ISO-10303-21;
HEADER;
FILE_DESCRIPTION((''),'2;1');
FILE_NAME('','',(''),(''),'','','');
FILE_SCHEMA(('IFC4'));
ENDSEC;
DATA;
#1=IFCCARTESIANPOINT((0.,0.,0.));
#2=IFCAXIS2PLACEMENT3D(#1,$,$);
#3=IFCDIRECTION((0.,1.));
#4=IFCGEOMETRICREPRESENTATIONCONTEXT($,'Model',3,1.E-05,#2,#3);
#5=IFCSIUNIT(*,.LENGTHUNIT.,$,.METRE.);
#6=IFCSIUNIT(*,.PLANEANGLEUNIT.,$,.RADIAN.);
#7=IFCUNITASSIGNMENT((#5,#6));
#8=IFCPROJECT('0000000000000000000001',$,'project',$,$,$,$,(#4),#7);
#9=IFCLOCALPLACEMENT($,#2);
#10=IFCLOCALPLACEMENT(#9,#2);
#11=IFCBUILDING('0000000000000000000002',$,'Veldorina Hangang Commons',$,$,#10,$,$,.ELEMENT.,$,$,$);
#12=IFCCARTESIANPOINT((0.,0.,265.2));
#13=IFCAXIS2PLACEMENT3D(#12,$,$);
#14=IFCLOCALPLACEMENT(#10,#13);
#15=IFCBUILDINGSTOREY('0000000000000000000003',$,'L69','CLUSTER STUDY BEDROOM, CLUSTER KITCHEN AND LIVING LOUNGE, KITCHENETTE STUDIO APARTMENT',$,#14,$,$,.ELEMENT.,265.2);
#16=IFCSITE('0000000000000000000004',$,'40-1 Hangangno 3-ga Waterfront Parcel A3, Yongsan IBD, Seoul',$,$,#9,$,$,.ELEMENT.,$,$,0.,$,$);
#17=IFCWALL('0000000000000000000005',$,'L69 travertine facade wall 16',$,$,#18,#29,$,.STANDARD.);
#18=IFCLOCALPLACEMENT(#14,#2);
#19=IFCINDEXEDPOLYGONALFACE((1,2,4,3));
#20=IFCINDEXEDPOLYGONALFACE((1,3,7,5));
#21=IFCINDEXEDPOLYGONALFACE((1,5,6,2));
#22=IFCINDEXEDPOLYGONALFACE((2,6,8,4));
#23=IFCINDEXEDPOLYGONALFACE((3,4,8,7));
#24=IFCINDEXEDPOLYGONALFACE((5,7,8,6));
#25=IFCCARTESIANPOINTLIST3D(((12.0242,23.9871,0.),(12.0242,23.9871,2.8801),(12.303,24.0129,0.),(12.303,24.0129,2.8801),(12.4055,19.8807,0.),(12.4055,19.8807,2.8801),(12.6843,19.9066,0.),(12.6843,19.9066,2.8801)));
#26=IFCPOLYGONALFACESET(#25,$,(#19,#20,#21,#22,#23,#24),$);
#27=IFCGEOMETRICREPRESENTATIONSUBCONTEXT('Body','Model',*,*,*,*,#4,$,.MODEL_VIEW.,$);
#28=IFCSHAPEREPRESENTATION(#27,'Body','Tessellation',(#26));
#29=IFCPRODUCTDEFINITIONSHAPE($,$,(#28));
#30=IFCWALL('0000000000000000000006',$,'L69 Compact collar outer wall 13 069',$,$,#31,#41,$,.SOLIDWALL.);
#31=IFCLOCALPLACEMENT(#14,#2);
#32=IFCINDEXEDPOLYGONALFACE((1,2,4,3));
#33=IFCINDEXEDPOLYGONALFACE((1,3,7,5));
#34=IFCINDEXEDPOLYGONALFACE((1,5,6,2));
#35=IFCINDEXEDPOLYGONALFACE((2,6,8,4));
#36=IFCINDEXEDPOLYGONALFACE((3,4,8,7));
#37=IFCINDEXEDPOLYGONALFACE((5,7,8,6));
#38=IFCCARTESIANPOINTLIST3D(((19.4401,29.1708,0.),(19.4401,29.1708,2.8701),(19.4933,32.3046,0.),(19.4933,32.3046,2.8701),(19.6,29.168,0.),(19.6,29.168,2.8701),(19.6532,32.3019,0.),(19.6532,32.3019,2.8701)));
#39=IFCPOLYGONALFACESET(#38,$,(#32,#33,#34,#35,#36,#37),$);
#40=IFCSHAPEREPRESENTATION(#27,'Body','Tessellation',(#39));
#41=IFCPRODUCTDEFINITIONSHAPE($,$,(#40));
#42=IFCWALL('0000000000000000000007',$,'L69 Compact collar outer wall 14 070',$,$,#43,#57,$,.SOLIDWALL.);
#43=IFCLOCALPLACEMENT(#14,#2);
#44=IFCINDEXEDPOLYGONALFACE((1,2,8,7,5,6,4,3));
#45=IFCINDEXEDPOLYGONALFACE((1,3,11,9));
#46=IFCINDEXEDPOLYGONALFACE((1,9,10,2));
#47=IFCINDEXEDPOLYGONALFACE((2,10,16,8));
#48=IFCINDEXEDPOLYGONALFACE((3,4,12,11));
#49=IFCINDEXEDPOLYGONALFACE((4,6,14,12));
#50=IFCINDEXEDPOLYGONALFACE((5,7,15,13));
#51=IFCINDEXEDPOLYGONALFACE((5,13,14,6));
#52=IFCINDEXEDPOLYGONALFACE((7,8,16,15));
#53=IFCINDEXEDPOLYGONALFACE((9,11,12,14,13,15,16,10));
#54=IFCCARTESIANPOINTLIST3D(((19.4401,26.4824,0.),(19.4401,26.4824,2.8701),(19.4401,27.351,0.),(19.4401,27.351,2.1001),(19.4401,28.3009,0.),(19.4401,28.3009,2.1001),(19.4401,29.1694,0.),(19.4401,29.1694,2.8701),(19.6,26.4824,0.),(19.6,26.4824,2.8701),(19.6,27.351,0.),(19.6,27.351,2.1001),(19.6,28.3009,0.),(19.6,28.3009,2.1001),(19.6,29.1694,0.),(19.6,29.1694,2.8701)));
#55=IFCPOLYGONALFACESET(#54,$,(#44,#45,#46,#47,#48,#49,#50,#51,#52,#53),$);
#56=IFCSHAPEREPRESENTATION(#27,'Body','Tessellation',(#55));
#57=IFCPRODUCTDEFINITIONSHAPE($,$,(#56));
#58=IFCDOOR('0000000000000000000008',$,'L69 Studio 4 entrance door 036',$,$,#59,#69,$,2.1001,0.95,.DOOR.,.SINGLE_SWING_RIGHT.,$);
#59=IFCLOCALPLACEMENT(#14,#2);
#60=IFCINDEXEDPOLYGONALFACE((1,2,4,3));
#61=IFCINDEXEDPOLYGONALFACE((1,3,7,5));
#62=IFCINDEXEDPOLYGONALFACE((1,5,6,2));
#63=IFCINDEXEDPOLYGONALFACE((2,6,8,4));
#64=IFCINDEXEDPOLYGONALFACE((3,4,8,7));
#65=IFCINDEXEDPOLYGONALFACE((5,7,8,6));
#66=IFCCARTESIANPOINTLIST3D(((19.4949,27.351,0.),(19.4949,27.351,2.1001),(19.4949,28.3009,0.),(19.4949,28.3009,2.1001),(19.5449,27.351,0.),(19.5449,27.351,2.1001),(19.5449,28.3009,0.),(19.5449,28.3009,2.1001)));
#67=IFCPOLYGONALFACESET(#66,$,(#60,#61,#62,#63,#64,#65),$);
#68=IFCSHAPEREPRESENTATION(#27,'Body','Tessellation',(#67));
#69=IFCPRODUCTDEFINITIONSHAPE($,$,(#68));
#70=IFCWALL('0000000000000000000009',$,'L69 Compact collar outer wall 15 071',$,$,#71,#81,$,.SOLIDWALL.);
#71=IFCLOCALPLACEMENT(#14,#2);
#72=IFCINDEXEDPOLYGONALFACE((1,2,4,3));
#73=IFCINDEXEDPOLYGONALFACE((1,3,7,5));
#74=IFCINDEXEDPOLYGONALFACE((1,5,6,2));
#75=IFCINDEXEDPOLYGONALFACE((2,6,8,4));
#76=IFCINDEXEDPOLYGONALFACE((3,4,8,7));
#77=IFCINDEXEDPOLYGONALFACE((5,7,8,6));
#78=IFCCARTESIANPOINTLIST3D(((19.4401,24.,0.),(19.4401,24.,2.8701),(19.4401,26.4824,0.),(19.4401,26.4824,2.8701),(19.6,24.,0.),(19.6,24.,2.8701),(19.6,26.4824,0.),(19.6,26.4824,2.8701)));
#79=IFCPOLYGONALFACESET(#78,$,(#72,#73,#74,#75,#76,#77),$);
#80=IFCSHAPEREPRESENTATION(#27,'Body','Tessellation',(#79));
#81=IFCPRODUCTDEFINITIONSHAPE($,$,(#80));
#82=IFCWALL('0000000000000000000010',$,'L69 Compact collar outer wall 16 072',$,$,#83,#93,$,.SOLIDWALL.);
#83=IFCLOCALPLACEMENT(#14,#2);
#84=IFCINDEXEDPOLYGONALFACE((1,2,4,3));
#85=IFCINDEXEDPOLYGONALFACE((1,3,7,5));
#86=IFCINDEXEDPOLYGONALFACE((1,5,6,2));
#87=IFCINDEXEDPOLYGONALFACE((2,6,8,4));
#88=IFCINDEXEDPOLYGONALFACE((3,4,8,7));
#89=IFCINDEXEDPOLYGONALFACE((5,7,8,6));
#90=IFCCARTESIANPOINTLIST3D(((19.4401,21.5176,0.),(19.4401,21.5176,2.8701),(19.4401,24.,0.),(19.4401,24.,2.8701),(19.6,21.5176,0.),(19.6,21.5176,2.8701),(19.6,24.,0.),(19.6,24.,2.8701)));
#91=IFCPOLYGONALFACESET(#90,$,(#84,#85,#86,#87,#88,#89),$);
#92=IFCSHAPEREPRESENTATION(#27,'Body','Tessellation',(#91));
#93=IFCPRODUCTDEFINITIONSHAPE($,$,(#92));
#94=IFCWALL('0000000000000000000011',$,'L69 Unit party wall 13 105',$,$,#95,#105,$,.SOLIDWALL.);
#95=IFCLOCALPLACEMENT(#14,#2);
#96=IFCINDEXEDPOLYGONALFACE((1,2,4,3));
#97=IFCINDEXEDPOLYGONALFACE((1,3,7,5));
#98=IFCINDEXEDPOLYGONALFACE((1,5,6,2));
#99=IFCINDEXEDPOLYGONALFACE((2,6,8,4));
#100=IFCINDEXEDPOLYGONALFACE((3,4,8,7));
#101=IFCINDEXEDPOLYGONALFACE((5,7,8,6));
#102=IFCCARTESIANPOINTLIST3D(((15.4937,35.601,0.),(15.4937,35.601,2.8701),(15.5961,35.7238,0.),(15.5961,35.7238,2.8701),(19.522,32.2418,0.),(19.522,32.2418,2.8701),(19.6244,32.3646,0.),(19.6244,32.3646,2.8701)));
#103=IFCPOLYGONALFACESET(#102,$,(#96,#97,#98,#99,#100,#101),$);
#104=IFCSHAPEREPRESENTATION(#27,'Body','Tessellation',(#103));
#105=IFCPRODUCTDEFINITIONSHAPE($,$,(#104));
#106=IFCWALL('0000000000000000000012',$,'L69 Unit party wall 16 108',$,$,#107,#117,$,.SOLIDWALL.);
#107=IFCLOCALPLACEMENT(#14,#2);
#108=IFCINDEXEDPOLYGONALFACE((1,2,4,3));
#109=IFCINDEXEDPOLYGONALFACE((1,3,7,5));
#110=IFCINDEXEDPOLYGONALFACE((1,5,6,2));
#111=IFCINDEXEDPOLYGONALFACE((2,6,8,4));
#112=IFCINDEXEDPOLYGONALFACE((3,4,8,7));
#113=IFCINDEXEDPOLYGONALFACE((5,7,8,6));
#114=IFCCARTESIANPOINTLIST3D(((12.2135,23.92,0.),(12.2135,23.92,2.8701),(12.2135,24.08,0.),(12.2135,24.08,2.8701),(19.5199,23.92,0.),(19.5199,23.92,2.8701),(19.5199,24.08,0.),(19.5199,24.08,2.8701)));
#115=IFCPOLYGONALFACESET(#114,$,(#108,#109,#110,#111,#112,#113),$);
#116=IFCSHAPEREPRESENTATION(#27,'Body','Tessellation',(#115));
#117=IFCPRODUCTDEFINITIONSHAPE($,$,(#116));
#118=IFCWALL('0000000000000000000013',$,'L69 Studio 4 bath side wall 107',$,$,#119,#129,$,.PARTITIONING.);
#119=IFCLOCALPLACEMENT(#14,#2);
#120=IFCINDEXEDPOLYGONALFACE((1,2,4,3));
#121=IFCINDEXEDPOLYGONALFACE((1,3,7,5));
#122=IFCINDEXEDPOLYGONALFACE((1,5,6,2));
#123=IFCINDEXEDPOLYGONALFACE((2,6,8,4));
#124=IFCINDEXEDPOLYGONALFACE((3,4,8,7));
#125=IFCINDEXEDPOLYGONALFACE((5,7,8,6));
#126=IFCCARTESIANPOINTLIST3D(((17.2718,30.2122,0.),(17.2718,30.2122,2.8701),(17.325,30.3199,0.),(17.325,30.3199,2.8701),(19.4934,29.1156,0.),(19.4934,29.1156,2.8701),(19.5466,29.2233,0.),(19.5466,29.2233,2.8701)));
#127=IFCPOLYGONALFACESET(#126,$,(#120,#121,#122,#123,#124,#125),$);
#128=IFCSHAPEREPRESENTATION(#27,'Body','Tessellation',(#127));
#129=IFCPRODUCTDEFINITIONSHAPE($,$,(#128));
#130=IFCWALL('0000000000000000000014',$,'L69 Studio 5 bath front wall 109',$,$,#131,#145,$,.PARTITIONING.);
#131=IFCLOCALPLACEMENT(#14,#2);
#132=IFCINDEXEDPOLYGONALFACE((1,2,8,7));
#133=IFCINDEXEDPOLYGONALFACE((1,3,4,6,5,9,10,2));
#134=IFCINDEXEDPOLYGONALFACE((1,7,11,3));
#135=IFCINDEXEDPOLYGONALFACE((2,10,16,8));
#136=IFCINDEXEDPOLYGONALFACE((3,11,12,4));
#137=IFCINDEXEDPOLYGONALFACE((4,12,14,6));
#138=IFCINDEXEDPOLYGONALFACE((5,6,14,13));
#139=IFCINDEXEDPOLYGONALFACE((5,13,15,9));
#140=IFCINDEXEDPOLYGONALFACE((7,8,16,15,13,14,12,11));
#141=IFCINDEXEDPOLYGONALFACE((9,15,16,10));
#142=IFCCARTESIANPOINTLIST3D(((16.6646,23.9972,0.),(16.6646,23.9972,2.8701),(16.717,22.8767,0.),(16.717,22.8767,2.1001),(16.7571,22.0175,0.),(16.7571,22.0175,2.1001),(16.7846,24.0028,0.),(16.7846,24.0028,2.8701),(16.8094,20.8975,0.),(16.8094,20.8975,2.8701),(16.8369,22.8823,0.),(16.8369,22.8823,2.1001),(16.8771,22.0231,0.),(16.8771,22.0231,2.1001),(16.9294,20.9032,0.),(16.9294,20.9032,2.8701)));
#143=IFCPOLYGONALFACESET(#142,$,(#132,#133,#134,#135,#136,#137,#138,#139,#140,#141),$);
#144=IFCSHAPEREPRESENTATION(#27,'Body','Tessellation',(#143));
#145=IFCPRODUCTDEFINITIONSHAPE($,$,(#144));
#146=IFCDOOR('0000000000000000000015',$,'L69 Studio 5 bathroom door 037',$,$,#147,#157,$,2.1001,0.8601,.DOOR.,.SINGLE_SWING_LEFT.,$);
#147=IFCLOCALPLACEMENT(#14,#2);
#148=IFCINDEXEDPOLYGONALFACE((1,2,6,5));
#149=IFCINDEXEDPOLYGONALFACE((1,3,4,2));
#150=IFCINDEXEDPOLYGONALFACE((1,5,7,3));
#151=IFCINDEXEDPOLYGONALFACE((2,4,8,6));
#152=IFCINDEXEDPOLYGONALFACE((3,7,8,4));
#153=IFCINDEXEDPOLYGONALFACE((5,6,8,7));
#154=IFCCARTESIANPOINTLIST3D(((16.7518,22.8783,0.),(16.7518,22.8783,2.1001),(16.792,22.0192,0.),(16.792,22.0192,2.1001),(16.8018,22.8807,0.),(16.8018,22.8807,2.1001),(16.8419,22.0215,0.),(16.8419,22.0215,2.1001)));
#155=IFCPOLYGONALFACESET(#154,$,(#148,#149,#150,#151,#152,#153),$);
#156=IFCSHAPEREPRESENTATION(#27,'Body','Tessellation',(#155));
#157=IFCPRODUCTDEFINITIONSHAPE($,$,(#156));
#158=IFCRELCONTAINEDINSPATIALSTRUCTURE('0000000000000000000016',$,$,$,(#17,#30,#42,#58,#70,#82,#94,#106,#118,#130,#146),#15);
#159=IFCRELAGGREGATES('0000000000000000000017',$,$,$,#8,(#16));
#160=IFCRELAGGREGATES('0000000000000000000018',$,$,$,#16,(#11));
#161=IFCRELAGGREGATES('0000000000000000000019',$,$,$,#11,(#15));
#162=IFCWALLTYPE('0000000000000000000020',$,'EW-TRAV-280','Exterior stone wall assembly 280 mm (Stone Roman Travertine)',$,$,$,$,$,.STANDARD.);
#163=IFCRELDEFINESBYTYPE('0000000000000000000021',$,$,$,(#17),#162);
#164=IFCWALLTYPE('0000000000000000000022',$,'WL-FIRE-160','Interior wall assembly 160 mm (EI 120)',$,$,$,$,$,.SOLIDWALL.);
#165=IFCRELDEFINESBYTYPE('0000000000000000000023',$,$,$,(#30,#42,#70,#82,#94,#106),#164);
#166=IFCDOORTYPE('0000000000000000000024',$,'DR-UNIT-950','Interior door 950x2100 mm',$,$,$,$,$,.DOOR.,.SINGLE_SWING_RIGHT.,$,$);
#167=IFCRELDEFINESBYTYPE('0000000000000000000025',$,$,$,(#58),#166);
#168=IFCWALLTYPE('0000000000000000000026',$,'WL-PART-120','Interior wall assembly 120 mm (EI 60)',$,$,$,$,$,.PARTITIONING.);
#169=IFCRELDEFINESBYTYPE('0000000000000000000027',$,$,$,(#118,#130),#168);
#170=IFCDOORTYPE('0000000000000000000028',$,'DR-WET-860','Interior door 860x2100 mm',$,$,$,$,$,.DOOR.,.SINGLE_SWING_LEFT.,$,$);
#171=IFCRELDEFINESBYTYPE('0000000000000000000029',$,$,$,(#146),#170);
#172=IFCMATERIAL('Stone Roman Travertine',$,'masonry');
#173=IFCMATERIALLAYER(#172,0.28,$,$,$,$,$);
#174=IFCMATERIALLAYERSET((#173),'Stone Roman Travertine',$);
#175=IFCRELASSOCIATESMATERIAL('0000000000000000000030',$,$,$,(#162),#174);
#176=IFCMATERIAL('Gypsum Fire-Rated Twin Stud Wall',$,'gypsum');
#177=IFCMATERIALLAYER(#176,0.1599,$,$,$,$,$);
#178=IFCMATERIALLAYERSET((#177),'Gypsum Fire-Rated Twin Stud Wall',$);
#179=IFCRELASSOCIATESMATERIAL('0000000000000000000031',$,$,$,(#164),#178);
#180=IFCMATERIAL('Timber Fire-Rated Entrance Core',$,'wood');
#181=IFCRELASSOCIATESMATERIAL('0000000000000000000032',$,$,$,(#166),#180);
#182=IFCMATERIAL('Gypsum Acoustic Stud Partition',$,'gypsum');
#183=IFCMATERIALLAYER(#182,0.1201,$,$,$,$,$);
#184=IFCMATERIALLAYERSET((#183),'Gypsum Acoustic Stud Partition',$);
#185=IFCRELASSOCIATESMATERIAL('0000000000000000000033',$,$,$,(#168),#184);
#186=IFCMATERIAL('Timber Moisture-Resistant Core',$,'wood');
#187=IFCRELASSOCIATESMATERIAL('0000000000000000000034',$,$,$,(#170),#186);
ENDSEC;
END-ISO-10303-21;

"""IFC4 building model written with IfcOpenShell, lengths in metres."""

from ifc_helpers import new_model, si_unit, direction, frame, frame_2d, origin, place, context, subcontext, project, spatial, rectangle, extrude, material, layer, layer_set, type_object, element, fill, save


model = new_model("IFC4")

# Units and contexts
model_context = context("Model", 3, precision=1e-05, world=origin(), true_north=direction((0.0, 1.0)))
body_context = subcontext(model_context, "Body", "Model", "MODEL_VIEW")
ifc_project = project(units=[si_unit("LENGTHUNIT", "METRE"), si_unit("PLANEANGLEUNIT", "RADIAN")], contexts=[model_context])

# Site, building, storey
site_placement = place(None, origin())
site = spatial("IfcSite", under=ifc_project, at=site_placement, Name="40-1 Hangangno 3-ga Waterfront Parcel A3, Yongsan IBD, Seoul", CompositionType="ELEMENT", RefElevation=0.0)
building_placement = place(site_placement, origin())
building = spatial("IfcBuilding", under=site, at=building_placement, Name="Veldorina Hangang Commons", CompositionType="ELEMENT")
storey_placement = place(building_placement, frame((0.0, 0.0, 265.2)))
storey = spatial("IfcBuildingStorey", under=building, at=storey_placement, Name="L69", Description="CLUSTER STUDY BEDROOM, CLUSTER KITCHEN AND LIVING LOUNGE, KITCHENETTE STUDIO APARTMENT", CompositionType="ELEMENT", Elevation=265.2)

# Shared definitions
ifc_material_1 = material(Name="Stone Roman Travertine", Category="masonry")
ifc_layer_1 = layer(ifc_material_1, 0.28)
ifc_layer_set_1 = layer_set([ifc_layer_1], Name="Stone Roman Travertine")
wall_type_1 = type_object("IfcWallType", Name="EW-TRAV-280", Description="Exterior stone wall assembly 280 mm (Stone Roman Travertine)", PredefinedType="STANDARD", material=ifc_layer_set_1)

# Walls
wall_1_placement = place(storey_placement, frame((12.1636, 24.0, 0.0), z_axis=(0.0, 0.0, 1.0), x_axis=(0.092468, -0.995716, 0.0)))
element("IfcWall", 1, at=wall_1_placement, inside=storey, type_object=wall_type_1, Name="L69 travertine facade wall 16", PredefinedType="STANDARD", context=body_context, shape_type="SweptSolid", body=[
    extrude(rectangle(XDim=4.124, YDim=0.28, at=frame_2d((2.062, 0.0))), origin(), (0.0, 0.0, 1.0), 2.8801),
])
ifc_material_2 = material(Name="Gypsum Fire-Rated Twin Stud Wall", Category="gypsum")
ifc_layer_2 = layer(ifc_material_2, 0.1599)
ifc_layer_set_2 = layer_set([ifc_layer_2], Name="Gypsum Fire-Rated Twin Stud Wall")
wall_type_2 = type_object("IfcWallType", Name="WL-FIRE-160", Description="Interior wall assembly 160 mm (EI 120)", PredefinedType="SOLIDWALL", material=ifc_layer_set_2)
wall_2_placement = place(storey_placement, frame((19.5732, 32.3032, 0.0), z_axis=(0.0, 0.0, 1.0), x_axis=(-0.016981, -0.999856, 0.0)))
element("IfcWall", 2, at=wall_2_placement, inside=storey, type_object=wall_type_2, Name="L69 Compact collar outer wall 13 069", PredefinedType="SOLIDWALL", context=body_context, shape_type="SweptSolid", body=[
    extrude(rectangle(XDim=3.1343, YDim=0.1599, at=frame_2d((1.5671, 0.0))), origin(), (0.0, 0.0, 1.0), 2.8701),
])

# Wall, opening, door
wall_3_placement = place(storey_placement, frame((19.52, 29.1694, 0.0), z_axis=(0.0, 0.0, 1.0), x_axis=(0.0, -1.0, 0.0)))
wall_3 = element("IfcWall", 3, at=wall_3_placement, inside=storey, type_object=wall_type_2, Name="L69 Compact collar outer wall 14 070", PredefinedType="SOLIDWALL", context=body_context, shape_type="SweptSolid", body=[
    extrude(rectangle(XDim=2.687, YDim=0.1599, at=frame_2d((1.3435, 0.0))), origin(), (0.0, 0.0, 1.0), 2.8701),
])
opening_1_placement = place(wall_3_placement, frame((0.8684, 0.0, 0.0)))
opening_1 = element("IfcOpeningElement", 4, at=opening_1_placement, cuts=wall_3, PredefinedType="OPENING", context=body_context, shape_type="SweptSolid", body=[
    extrude(rectangle(XDim=0.95, YDim=2.1001, at=frame_2d((0.4751, 1.05))), frame((0.0, 0.0898, 0.0), z_axis=(0.0, -1.0, 0.0), x_axis=(1.0, 0.0, 0.0)), (0.0, 0.0, 1.0), 0.1799),
])
ifc_material_3 = material(Name="Timber Fire-Rated Entrance Core", Category="wood")
door_type_1 = type_object("IfcDoorType", Name="DR-UNIT-950", Description="Interior door 950x2100 mm", OperationType="SINGLE_SWING_RIGHT", PredefinedType="DOOR", material=ifc_material_3)
door_1_placement = place(opening_1_placement, origin())
door_1 = element("IfcDoor", 5, at=door_1_placement, inside=storey, type_object=door_type_1, Name="L69 Studio 4 entrance door 036", OperationType="SINGLE_SWING_RIGHT", OverallHeight=2.1001, OverallWidth=0.95, PredefinedType="DOOR", context=body_context, shape_type="SweptSolid", body=[
    extrude(rectangle(XDim=0.95, YDim=2.1001, at=frame_2d((0.4751, 1.05))), frame((0.0, 0.0249, 0.0), z_axis=(0.0, -1.0, 0.0), x_axis=(1.0, 0.0, 0.0)), (0.0, 0.0, 1.0), 0.05),
])
fill(opening_1, door_1)

# Walls
for number, where, z_axis, x_axis, name in (
    (6, (19.52, 26.4824, 0.0), (0.0, 0.0, 1.0), (0.0, -1.0, 0.0), "L69 Compact collar outer wall 15 071"),
    (7, (19.52, 24.0, 0.0), (0.0, 0.0, 1.0), (0.0, -1.0, 0.0), "L69 Compact collar outer wall 16 072"),
):
    element("IfcWall", number, at=place(storey_placement, frame(where, z_axis=z_axis, x_axis=x_axis)), inside=storey, type_object=wall_type_2, Name=name, PredefinedType="SOLIDWALL", context=body_context, shape_type="SweptSolid", body=[
        extrude(rectangle(XDim=2.4824, YDim=0.1599, at=frame_2d((1.2412, 0.0))), origin(), (0.0, 0.0, 1.0), 2.8701),
    ])
wall_4_placement = place(storey_placement, frame((19.5732, 32.3032, 0.0), z_axis=(0.0, 0.0, 1.0), x_axis=(-0.768015, 0.640432, 0.0)))
element("IfcWall", 8, at=wall_4_placement, inside=storey, type_object=wall_type_2, Name="L69 Unit party wall 13 105", PredefinedType="SOLIDWALL", context=body_context, shape_type="SweptSolid", body=[
    extrude(rectangle(XDim=5.2451, YDim=0.1599, at=frame_2d((2.6226, 0.0))), origin(), (0.0, 0.0, 1.0), 2.8701),
])
wall_5_placement = place(storey_placement, frame((19.52, 24.0, 0.0), z_axis=(0.0, 0.0, 1.0), x_axis=(-1.0, 0.0, 0.0)))
element("IfcWall", 9, at=wall_5_placement, inside=storey, type_object=wall_type_2, Name="L69 Unit party wall 16 108", PredefinedType="SOLIDWALL", context=body_context, shape_type="SweptSolid", body=[
    extrude(rectangle(XDim=7.3064, YDim=0.1599, at=frame_2d((3.6533, 0.0))), origin(), (0.0, 0.0, 1.0), 2.8701),
])
ifc_material_4 = material(Name="Gypsum Acoustic Stud Partition", Category="gypsum")
ifc_layer_3 = layer(ifc_material_4, 0.1201)
ifc_layer_set_3 = layer_set([ifc_layer_3], Name="Gypsum Acoustic Stud Partition")
wall_type_3 = type_object("IfcWallType", Name="WL-PART-120", Description="Interior wall assembly 120 mm (EI 60)", PredefinedType="PARTITIONING", material=ifc_layer_set_3)
wall_6_placement = place(storey_placement, frame((19.52, 29.1694, 0.0), z_axis=(0.0, 0.0, 1.0), x_axis=(-0.896702, 0.442636, 0.0)))
element("IfcWall", 10, at=wall_6_placement, inside=storey, type_object=wall_type_3, Name="L69 Studio 4 bath side wall 107", PredefinedType="PARTITIONING", context=body_context, shape_type="SweptSolid", body=[
    extrude(rectangle(XDim=2.4775, YDim=0.1201, at=frame_2d((1.2388, 0.0))), origin(), (0.0, 0.0, 1.0), 2.8701),
])

# Wall, opening, door
wall_7_placement = place(storey_placement, frame((16.7246, 24.0, 0.0), z_axis=(0.0, 0.0, 1.0), x_axis=(0.046657, -0.998911, 0.0)))
wall_7 = element("IfcWall", 11, at=wall_7_placement, inside=storey, type_object=wall_type_3, Name="L69 Studio 5 bath front wall 109", PredefinedType="PARTITIONING", context=body_context, shape_type="SweptSolid", body=[
    extrude(rectangle(XDim=3.103, YDim=0.1201, at=frame_2d((1.5515, 0.0))), origin(), (0.0, 0.0, 1.0), 2.8701),
])
opening_2_placement = place(wall_7_placement, frame((1.1216, 0.0, 0.0)))
opening_2 = element("IfcOpeningElement", 12, at=opening_2_placement, cuts=wall_7, PredefinedType="OPENING", context=body_context, shape_type="SweptSolid", body=[
    extrude(rectangle(XDim=0.8601, YDim=2.1001, at=frame_2d((0.4302, 1.05))), frame((0.0, 0.0701, 0.0), z_axis=(0.0, -1.0, 0.0), x_axis=(1.0, 0.0, 0.0)), (0.0, 0.0, 1.0), 0.1401),
])
ifc_material_5 = material(Name="Timber Moisture-Resistant Core", Category="wood")
door_type_2 = type_object("IfcDoorType", Name="DR-WET-860", Description="Interior door 860x2100 mm", OperationType="SINGLE_SWING_LEFT", PredefinedType="DOOR", material=ifc_material_5)
door_2_placement = place(opening_2_placement, origin())
door_2 = element("IfcDoor", 13, at=door_2_placement, inside=storey, type_object=door_type_2, Name="L69 Studio 5 bathroom door 037", OperationType="SINGLE_SWING_LEFT", OverallHeight=2.1001, OverallWidth=0.8601, PredefinedType="DOOR", context=body_context, shape_type="SweptSolid", body=[
    extrude(rectangle(XDim=0.8601, YDim=2.1001, at=frame_2d((0.4302, 1.05))), frame((0.0, 0.0249, 0.0), z_axis=(0.0, -1.0, 0.0), x_axis=(1.0, 0.0, 0.0)), (0.0, 0.0, 1.0), 0.05),
])
fill(opening_2, door_2)

save(model, "model.ifc")
